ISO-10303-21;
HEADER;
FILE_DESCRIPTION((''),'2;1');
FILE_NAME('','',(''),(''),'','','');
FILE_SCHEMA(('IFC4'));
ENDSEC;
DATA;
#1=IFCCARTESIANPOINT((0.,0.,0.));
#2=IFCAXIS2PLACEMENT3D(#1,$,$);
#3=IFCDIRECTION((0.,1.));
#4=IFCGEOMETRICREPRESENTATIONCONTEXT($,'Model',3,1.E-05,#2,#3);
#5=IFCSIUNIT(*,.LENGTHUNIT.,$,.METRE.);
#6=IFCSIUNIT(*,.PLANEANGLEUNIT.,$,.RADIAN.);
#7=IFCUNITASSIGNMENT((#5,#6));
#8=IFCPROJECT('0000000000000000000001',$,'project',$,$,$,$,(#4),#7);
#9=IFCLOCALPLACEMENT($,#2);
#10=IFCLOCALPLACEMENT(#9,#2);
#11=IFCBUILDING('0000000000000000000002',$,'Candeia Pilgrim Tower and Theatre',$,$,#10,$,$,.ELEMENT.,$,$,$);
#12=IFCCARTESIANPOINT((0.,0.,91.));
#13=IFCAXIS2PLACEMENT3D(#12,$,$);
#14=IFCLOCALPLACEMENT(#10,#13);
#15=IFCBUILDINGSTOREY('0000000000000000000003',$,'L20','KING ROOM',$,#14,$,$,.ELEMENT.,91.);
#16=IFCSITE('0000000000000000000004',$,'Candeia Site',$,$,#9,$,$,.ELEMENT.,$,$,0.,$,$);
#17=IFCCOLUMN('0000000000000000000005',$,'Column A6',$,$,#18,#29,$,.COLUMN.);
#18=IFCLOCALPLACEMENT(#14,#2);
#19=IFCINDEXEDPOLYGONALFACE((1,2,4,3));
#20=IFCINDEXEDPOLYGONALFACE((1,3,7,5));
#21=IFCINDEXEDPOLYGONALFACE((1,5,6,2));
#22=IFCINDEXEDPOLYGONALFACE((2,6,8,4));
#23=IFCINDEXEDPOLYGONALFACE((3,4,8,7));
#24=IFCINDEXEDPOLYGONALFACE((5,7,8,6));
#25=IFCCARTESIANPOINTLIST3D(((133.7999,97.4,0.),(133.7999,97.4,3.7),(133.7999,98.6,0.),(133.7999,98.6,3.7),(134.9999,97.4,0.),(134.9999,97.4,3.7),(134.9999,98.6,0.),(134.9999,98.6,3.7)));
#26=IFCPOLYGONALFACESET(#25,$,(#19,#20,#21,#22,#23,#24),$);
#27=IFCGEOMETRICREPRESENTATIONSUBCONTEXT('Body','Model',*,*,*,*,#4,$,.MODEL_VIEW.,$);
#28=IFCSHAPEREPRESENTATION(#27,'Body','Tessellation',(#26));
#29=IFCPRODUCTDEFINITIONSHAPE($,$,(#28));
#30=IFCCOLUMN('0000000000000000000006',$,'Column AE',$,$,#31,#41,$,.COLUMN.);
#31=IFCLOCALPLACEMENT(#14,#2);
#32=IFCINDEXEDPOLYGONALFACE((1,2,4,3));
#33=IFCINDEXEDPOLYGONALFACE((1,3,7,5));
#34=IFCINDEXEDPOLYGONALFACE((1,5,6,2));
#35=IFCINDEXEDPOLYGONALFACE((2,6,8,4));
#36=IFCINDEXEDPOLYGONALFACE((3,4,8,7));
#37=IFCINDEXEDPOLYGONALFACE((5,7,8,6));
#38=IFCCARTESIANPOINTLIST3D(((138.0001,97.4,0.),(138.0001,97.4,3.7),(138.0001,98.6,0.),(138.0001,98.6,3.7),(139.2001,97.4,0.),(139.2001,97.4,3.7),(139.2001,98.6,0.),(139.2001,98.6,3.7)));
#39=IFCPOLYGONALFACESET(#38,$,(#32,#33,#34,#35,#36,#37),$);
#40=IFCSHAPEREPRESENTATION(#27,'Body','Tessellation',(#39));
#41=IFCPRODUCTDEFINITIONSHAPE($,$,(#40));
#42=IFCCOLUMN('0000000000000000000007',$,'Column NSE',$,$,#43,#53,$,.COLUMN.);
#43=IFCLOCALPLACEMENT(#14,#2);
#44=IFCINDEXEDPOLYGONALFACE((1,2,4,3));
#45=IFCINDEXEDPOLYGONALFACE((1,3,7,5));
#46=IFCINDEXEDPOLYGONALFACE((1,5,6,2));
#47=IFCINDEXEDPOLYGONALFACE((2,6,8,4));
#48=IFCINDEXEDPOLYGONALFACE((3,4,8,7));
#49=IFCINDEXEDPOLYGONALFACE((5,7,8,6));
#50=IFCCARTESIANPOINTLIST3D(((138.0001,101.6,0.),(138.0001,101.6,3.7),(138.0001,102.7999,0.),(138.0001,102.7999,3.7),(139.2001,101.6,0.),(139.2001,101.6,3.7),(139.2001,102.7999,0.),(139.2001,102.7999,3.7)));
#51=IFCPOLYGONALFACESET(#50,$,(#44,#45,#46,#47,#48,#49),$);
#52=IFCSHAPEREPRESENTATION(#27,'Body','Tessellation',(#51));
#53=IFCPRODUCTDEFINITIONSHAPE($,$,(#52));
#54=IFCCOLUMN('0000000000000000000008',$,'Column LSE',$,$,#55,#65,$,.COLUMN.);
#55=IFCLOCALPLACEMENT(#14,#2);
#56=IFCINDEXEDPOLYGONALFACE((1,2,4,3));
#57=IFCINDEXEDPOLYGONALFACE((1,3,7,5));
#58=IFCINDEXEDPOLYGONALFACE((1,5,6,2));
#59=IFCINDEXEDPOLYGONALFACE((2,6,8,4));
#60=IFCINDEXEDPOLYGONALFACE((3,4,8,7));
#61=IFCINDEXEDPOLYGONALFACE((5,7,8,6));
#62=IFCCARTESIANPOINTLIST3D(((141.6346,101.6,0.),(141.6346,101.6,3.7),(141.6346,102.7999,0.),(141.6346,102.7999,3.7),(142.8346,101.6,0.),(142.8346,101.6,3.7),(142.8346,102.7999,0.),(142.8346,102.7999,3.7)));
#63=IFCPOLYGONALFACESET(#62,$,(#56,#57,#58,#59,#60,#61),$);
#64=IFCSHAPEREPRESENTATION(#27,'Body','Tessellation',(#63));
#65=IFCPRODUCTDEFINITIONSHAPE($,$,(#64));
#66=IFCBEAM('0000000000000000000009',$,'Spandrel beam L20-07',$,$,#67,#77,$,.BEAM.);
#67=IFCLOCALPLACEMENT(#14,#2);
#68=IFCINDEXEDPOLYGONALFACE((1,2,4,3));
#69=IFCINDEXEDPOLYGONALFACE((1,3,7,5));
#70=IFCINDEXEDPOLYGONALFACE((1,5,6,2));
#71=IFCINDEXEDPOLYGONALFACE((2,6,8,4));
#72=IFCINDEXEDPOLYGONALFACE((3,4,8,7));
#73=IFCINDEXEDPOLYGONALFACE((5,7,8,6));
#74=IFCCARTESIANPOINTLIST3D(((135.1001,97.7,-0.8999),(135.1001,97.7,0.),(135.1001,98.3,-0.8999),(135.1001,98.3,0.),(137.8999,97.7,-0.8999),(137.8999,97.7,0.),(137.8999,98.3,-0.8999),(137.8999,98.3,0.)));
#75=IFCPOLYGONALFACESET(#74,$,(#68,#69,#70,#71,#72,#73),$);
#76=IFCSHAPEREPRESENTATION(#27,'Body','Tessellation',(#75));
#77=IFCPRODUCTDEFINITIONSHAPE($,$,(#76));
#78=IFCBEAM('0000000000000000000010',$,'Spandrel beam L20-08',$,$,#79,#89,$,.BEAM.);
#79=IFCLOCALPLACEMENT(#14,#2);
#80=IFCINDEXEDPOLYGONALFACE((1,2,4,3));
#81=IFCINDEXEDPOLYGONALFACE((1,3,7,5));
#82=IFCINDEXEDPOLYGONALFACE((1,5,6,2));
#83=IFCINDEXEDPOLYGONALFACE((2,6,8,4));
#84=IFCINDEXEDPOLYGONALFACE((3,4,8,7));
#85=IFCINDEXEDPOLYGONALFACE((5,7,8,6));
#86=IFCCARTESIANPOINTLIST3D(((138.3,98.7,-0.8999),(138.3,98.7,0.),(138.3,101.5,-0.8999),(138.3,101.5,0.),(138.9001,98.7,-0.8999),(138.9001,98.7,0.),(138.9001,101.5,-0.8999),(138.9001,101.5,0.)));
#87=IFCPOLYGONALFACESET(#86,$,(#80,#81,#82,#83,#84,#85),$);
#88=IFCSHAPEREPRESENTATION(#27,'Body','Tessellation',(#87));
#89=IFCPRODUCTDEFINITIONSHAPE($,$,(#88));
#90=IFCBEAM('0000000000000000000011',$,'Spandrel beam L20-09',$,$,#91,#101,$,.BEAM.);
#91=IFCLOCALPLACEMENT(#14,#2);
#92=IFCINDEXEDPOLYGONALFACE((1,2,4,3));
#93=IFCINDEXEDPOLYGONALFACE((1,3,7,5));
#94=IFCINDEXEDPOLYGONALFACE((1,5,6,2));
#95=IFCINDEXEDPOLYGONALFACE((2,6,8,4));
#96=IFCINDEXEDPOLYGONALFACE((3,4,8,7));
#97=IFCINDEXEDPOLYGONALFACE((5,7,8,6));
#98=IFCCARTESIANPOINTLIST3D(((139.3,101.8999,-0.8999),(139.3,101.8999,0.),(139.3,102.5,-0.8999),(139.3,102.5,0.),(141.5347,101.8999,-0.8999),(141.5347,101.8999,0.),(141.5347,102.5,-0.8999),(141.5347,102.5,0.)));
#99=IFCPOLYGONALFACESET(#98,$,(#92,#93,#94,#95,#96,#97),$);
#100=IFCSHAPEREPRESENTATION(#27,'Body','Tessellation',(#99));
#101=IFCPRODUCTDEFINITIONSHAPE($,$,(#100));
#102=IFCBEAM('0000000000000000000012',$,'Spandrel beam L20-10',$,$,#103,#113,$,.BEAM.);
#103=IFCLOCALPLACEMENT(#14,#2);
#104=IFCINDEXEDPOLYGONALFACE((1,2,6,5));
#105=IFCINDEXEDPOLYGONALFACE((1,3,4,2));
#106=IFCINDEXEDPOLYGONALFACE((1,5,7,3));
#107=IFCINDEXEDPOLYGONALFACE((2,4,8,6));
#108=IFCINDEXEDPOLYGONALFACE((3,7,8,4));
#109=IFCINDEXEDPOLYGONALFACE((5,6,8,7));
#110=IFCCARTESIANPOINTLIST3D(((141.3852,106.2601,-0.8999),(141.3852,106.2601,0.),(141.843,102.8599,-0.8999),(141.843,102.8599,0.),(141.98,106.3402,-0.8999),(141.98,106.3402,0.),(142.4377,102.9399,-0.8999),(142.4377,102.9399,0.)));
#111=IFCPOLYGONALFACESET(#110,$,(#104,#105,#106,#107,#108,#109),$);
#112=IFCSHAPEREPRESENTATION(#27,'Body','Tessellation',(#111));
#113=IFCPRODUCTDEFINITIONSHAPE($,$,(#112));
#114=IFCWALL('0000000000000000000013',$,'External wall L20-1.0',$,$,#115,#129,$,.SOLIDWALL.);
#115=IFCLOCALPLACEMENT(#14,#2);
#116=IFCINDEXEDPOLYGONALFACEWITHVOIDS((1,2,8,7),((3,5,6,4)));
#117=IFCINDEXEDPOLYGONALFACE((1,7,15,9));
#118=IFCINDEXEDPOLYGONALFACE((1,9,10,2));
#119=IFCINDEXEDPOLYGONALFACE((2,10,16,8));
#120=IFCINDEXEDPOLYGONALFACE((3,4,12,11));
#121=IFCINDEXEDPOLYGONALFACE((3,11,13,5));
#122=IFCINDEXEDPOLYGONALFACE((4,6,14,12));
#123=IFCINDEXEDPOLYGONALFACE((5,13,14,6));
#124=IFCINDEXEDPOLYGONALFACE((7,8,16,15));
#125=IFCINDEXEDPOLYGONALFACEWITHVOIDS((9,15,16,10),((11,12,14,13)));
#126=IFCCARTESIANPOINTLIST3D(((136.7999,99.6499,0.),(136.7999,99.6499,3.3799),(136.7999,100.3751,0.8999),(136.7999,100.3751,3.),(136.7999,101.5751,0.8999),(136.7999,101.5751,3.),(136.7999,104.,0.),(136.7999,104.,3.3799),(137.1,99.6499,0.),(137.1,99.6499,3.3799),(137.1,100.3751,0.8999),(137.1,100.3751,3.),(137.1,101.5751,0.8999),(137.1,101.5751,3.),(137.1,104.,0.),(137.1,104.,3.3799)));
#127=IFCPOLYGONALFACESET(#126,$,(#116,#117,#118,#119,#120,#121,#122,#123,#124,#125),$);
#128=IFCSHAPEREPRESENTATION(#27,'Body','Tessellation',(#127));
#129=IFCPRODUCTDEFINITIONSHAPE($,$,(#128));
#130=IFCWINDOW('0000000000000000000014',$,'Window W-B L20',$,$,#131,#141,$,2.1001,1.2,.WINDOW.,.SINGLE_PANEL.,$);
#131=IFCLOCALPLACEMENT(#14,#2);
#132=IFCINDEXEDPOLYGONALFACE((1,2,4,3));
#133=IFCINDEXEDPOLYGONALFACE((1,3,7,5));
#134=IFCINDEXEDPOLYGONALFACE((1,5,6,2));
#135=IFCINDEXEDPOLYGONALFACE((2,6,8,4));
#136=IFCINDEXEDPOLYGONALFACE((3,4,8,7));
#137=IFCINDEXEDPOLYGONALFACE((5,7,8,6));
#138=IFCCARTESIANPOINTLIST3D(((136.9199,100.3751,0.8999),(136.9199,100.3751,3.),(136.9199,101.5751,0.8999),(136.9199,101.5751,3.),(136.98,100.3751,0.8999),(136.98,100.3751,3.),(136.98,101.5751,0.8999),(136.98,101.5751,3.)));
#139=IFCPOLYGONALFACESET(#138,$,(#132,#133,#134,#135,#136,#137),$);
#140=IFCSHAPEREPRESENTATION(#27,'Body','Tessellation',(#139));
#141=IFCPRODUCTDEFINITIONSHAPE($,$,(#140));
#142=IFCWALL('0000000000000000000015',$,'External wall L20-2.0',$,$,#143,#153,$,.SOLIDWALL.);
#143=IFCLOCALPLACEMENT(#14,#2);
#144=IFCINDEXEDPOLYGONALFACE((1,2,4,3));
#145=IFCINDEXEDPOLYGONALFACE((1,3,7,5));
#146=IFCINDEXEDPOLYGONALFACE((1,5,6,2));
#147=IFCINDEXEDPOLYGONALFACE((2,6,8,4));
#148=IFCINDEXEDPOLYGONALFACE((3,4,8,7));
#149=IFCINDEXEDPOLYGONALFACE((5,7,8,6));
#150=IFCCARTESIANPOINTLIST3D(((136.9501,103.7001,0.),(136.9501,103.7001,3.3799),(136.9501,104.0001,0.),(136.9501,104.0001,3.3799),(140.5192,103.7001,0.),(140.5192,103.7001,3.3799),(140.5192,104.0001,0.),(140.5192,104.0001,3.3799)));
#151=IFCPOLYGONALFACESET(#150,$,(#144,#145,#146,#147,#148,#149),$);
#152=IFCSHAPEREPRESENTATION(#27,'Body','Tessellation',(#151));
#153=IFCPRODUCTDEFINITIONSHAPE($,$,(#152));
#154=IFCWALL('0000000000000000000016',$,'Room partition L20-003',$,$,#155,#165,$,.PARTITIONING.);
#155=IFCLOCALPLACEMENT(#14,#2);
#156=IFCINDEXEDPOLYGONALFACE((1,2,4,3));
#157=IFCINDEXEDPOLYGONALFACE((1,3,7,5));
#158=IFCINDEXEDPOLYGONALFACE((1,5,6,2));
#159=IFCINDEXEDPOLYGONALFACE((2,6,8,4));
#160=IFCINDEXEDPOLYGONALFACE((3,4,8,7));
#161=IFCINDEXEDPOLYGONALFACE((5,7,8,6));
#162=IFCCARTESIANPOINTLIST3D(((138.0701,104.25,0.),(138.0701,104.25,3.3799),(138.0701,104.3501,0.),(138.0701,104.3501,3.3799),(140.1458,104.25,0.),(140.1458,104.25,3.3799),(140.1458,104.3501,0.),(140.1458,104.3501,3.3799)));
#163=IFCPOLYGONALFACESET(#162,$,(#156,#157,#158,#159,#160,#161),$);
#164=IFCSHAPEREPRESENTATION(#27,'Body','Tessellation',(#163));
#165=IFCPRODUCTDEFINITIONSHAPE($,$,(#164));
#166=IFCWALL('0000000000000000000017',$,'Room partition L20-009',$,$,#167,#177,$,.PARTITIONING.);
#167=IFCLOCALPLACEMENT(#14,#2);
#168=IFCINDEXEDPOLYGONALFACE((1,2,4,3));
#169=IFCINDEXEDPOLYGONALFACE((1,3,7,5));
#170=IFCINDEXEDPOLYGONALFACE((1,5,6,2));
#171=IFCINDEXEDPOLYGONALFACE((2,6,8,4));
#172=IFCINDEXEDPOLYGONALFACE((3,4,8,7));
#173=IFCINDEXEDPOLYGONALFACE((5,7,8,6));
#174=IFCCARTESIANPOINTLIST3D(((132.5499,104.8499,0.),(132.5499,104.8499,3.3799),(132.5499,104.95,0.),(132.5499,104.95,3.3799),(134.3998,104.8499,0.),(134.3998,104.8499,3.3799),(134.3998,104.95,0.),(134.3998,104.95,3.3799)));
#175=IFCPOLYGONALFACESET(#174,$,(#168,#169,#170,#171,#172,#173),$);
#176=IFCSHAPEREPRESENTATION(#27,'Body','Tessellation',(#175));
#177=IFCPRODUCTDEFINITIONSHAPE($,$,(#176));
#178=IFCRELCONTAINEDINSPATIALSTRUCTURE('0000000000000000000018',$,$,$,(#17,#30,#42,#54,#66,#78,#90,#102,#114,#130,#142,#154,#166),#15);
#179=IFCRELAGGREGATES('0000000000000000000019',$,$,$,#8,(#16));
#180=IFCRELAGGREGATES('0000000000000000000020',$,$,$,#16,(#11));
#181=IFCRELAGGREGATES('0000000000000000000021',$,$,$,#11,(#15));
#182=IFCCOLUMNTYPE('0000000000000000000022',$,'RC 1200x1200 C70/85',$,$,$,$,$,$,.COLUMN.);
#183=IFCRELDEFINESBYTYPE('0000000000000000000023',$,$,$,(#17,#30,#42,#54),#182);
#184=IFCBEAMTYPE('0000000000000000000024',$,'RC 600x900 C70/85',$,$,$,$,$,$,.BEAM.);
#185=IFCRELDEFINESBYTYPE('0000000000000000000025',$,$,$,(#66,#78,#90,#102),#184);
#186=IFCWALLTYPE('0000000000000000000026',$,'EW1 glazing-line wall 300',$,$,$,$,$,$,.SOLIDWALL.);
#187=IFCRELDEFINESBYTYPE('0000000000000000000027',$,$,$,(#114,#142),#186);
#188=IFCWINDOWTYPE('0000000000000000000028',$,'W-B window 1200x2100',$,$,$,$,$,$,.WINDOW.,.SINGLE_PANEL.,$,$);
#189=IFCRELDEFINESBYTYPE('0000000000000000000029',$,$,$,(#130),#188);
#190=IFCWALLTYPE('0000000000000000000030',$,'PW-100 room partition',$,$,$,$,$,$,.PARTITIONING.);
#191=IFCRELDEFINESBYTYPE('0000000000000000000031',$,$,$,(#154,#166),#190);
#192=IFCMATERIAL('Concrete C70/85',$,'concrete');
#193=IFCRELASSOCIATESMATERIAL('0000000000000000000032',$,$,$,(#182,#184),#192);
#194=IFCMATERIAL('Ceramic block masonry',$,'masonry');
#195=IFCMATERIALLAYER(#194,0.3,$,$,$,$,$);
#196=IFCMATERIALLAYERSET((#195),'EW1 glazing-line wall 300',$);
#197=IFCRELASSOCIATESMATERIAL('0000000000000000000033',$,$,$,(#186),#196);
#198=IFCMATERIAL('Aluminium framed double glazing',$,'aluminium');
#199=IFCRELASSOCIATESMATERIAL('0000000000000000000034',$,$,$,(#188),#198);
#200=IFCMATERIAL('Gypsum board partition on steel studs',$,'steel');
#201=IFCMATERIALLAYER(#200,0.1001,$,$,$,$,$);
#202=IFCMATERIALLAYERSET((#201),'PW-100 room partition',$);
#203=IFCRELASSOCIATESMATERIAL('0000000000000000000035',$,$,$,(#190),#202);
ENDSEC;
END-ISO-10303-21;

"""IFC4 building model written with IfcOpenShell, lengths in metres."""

from ifc_helpers import new_model, si_unit, direction, frame, frame_2d, origin, origin_2d, place, context, subcontext, project, spatial, rectangle, extrude, material, layer, layer_set, material_profile, profile_set, type_object, element, fill, save


model = new_model("IFC4")

# Units and contexts
model_context = context("Model", 3, precision=1e-05, world=origin(), true_north=direction((0.0, 1.0)))
body_context = subcontext(model_context, "Body", "Model", "MODEL_VIEW")
ifc_project = project(units=[si_unit("LENGTHUNIT", "METRE"), si_unit("PLANEANGLEUNIT", "RADIAN")], contexts=[model_context])

# Site, building, storey
site_placement = place(None, origin())
site = spatial("IfcSite", under=ifc_project, at=site_placement, Name="Candeia Site", CompositionType="ELEMENT", RefElevation=0.0)
building_placement = place(site_placement, origin())
building = spatial("IfcBuilding", under=site, at=building_placement, Name="Candeia Pilgrim Tower and Theatre", CompositionType="ELEMENT")
storey_placement = place(building_placement, frame((0.0, 0.0, 91.0)))
storey = spatial("IfcBuildingStorey", under=building, at=storey_placement, Name="L20", Description="KING ROOM", CompositionType="ELEMENT", Elevation=91.0)

# Columns
ifc_material_1 = material(Name="Concrete C70/85", Category="concrete")
ifc_material_profile_1 = material_profile(ifc_material_1, rectangle(XDim=1.2, YDim=1.2, at=origin_2d()))
ifc_profile_set_1 = profile_set([ifc_material_profile_1], Name="Concrete C70/85")
column_type = type_object("IfcColumnType", Name="RC 1200x1200 C70/85", PredefinedType="COLUMN", material=ifc_profile_set_1)
for number, where, z_axis, x_axis, name in (
    (1, (134.3999, 98.0, 0.0), (0.0, 0.0, 1.0), (1.0, 0.0, 0.0), "Column A6"),
    (2, (138.6001, 98.0, 0.0), (0.0, 0.0, 1.0), (1.0, 0.0, 0.0), "Column AE"),
    (3, (138.6001, 102.2, 0.0), (0.0, 0.0, 1.0), (1.0, 0.0, 0.0), "Column NSE"),
    (4, (142.2346, 102.2, 0.0), (0.0, 0.0, 1.0), (1.0, 0.0, 0.0), "Column LSE"),
):
    element("IfcColumn", number, at=place(storey_placement, frame(where, z_axis=z_axis, x_axis=x_axis)), inside=storey, type_object=column_type, Name=name, PredefinedType="COLUMN", context=body_context, shape_type="SweptSolid", body=[
        extrude(rectangle(XDim=1.2, YDim=1.2, at=origin_2d()), origin(), (0.0, 0.0, 1.0), 3.7),
    ])

# Beams
ifc_material_profile_2 = material_profile(ifc_material_1, rectangle(XDim=0.6001, YDim=0.8999, at=origin_2d()))
ifc_profile_set_2 = profile_set([ifc_material_profile_2], Name="Concrete C70/85")
beam_type = type_object("IfcBeamType", Name="RC 600x900 C70/85", PredefinedType="BEAM", material=ifc_profile_set_2)
beam_1_placement = place(storey_placement, frame((135.1001, 98.0, -0.45), z_axis=(1.0, 0.0, 0.0), x_axis=(0.0, 1.0, 0.0)))
element("IfcBeam", 5, at=beam_1_placement, inside=storey, type_object=beam_type, Name="Spandrel beam L20-07", PredefinedType="BEAM", context=body_context, shape_type="SweptSolid", body=[
    extrude(rectangle(XDim=0.6001, YDim=0.8999, at=origin_2d()), origin(), (0.0, 0.0, 1.0), 2.7998),
])
beam_2_placement = place(storey_placement, frame((138.6001, 98.7, -0.45), z_axis=(0.0, 1.0, 0.0), x_axis=(-1.0, 0.0, 0.0)))
element("IfcBeam", 6, at=beam_2_placement, inside=storey, type_object=beam_type, Name="Spandrel beam L20-08", PredefinedType="BEAM", context=body_context, shape_type="SweptSolid", body=[
    extrude(rectangle(XDim=0.6001, YDim=0.8999, at=origin_2d()), origin(), (0.0, 0.0, 1.0), 2.8),
])
beam_3_placement = place(storey_placement, frame((139.3, 102.2, -0.45), z_axis=(1.0, 0.0, 0.0), x_axis=(0.0, 1.0, 0.0)))
element("IfcBeam", 7, at=beam_3_placement, inside=storey, type_object=beam_type, Name="Spandrel beam L20-09", PredefinedType="BEAM", context=body_context, shape_type="SweptSolid", body=[
    extrude(rectangle(XDim=0.6001, YDim=0.8999, at=origin_2d()), origin(), (0.0, 0.0, 1.0), 2.2346),
])
beam_4_placement = place(storey_placement, frame((142.1404, 102.8999, -0.45), z_axis=(-0.133427, 0.991059, 0.0), x_axis=(-0.991059, -0.133427, 0.0)))
element("IfcBeam", 8, at=beam_4_placement, inside=storey, type_object=beam_type, Name="Spandrel beam L20-10", PredefinedType="BEAM", context=body_context, shape_type="SweptSolid", body=[
    extrude(rectangle(XDim=0.6001, YDim=0.8999, at=origin_2d()), origin(), (0.0, 0.0, 1.0), 3.4309),
])

# Wall, opening, window
ifc_material_2 = material(Name="Ceramic block masonry", Category="masonry")
ifc_layer_1 = layer(ifc_material_2, 0.3)
ifc_layer_set_1 = layer_set([ifc_layer_1], Name="EW1 glazing-line wall 300")
wall_type_1 = type_object("IfcWallType", Name="EW1 glazing-line wall 300", PredefinedType="SOLIDWALL", material=ifc_layer_set_1)
wall_1_placement = place(storey_placement, frame((136.95, 99.6499, 0.0), z_axis=(0.0, 0.0, 1.0), x_axis=(0.0, 1.0, 0.0)))
wall_1 = element("IfcWall", 9, at=wall_1_placement, inside=storey, type_object=wall_type_1, Name="External wall L20-1.0", PredefinedType="SOLIDWALL", context=body_context, shape_type="SweptSolid", body=[
    extrude(rectangle(XDim=4.3501, YDim=0.3, at=frame_2d((2.175, 0.0))), origin(), (0.0, 0.0, 1.0), 3.3799),
])
opening_1_placement = place(wall_1_placement, frame((0.7251, 0.0, 0.8999)))
opening_1 = element("IfcOpeningElement", 10, at=opening_1_placement, cuts=wall_1, PredefinedType="OPENING", context=body_context, shape_type="SweptSolid", body=[
    extrude(rectangle(XDim=1.2, YDim=2.1001, at=frame_2d((0.6001, 1.05))), frame((0.0, 0.1602, 0.0), z_axis=(0.0, -1.0, 0.0), x_axis=(1.0, 0.0, 0.0)), (0.0, 0.0, 1.0), 0.3201),
])
ifc_material_3 = material(Name="Aluminium framed double glazing", Category="aluminium")
window_type = type_object("IfcWindowType", Name="W-B window 1200x2100", PartitioningType="SINGLE_PANEL", PredefinedType="WINDOW", material=ifc_material_3)
window_1_placement = place(opening_1_placement, origin())
window_1 = element("IfcWindow", 11, at=window_1_placement, inside=storey, type_object=window_type, Name="Window W-B L20", OverallHeight=2.1001, OverallWidth=1.2, PartitioningType="SINGLE_PANEL", PredefinedType="WINDOW", context=body_context, shape_type="SweptSolid", body=[
    extrude(rectangle(XDim=1.2, YDim=2.1001, at=frame_2d((0.6001, 1.05))), frame((0.0, 0.03, 0.0), z_axis=(0.0, -1.0, 0.0), x_axis=(1.0, 0.0, 0.0)), (0.0, 0.0, 1.0), 0.0601),
])
fill(opening_1, window_1)

# Wall
wall_2_placement = place(storey_placement, frame((136.95, 103.8501, 0.0), z_axis=(0.0, 0.0, 1.0), x_axis=(1.0, 0.0, 0.0)))
element("IfcWall", 12, at=wall_2_placement, inside=storey, type_object=wall_type_1, Name="External wall L20-2.0", PredefinedType="SOLIDWALL", context=body_context, shape_type="SweptSolid", body=[
    extrude(rectangle(XDim=3.5691, YDim=0.3, at=frame_2d((1.7847, 0.0))), origin(), (0.0, 0.0, 1.0), 3.3799),
])

# Walls
ifc_material_4 = material(Name="Gypsum board partition on steel studs", Category="steel")
ifc_layer_2 = layer(ifc_material_4, 0.1001)
ifc_layer_set_2 = layer_set([ifc_layer_2], Name="PW-100 room partition")
wall_type_2 = type_object("IfcWallType", Name="PW-100 room partition", PredefinedType="PARTITIONING", material=ifc_layer_set_2)
wall_3_placement = place(storey_placement, frame((138.0701, 104.3, 0.0), z_axis=(0.0, 0.0, 1.0), x_axis=(1.0, 0.0, 0.0)))
element("IfcWall", 13, at=wall_3_placement, inside=storey, type_object=wall_type_2, Name="Room partition L20-003", PredefinedType="PARTITIONING", context=body_context, shape_type="SweptSolid", body=[
    extrude(rectangle(XDim=2.0757, YDim=0.1001, at=frame_2d((1.0378, 0.0))), origin(), (0.0, 0.0, 1.0), 3.3799),
])
wall_4_placement = place(storey_placement, frame((132.55, 104.8999, 0.0), z_axis=(0.0, 0.0, 1.0), x_axis=(1.0, 0.0, 0.0)))
element("IfcWall", 14, at=wall_4_placement, inside=storey, type_object=wall_type_2, Name="Room partition L20-009", PredefinedType="PARTITIONING", context=body_context, shape_type="SweptSolid", body=[
    extrude(rectangle(XDim=1.8499, YDim=0.1001, at=frame_2d((0.9248, 0.0))), origin(), (0.0, 0.0, 1.0), 3.3799),
])

save(model, "model.ifc")
